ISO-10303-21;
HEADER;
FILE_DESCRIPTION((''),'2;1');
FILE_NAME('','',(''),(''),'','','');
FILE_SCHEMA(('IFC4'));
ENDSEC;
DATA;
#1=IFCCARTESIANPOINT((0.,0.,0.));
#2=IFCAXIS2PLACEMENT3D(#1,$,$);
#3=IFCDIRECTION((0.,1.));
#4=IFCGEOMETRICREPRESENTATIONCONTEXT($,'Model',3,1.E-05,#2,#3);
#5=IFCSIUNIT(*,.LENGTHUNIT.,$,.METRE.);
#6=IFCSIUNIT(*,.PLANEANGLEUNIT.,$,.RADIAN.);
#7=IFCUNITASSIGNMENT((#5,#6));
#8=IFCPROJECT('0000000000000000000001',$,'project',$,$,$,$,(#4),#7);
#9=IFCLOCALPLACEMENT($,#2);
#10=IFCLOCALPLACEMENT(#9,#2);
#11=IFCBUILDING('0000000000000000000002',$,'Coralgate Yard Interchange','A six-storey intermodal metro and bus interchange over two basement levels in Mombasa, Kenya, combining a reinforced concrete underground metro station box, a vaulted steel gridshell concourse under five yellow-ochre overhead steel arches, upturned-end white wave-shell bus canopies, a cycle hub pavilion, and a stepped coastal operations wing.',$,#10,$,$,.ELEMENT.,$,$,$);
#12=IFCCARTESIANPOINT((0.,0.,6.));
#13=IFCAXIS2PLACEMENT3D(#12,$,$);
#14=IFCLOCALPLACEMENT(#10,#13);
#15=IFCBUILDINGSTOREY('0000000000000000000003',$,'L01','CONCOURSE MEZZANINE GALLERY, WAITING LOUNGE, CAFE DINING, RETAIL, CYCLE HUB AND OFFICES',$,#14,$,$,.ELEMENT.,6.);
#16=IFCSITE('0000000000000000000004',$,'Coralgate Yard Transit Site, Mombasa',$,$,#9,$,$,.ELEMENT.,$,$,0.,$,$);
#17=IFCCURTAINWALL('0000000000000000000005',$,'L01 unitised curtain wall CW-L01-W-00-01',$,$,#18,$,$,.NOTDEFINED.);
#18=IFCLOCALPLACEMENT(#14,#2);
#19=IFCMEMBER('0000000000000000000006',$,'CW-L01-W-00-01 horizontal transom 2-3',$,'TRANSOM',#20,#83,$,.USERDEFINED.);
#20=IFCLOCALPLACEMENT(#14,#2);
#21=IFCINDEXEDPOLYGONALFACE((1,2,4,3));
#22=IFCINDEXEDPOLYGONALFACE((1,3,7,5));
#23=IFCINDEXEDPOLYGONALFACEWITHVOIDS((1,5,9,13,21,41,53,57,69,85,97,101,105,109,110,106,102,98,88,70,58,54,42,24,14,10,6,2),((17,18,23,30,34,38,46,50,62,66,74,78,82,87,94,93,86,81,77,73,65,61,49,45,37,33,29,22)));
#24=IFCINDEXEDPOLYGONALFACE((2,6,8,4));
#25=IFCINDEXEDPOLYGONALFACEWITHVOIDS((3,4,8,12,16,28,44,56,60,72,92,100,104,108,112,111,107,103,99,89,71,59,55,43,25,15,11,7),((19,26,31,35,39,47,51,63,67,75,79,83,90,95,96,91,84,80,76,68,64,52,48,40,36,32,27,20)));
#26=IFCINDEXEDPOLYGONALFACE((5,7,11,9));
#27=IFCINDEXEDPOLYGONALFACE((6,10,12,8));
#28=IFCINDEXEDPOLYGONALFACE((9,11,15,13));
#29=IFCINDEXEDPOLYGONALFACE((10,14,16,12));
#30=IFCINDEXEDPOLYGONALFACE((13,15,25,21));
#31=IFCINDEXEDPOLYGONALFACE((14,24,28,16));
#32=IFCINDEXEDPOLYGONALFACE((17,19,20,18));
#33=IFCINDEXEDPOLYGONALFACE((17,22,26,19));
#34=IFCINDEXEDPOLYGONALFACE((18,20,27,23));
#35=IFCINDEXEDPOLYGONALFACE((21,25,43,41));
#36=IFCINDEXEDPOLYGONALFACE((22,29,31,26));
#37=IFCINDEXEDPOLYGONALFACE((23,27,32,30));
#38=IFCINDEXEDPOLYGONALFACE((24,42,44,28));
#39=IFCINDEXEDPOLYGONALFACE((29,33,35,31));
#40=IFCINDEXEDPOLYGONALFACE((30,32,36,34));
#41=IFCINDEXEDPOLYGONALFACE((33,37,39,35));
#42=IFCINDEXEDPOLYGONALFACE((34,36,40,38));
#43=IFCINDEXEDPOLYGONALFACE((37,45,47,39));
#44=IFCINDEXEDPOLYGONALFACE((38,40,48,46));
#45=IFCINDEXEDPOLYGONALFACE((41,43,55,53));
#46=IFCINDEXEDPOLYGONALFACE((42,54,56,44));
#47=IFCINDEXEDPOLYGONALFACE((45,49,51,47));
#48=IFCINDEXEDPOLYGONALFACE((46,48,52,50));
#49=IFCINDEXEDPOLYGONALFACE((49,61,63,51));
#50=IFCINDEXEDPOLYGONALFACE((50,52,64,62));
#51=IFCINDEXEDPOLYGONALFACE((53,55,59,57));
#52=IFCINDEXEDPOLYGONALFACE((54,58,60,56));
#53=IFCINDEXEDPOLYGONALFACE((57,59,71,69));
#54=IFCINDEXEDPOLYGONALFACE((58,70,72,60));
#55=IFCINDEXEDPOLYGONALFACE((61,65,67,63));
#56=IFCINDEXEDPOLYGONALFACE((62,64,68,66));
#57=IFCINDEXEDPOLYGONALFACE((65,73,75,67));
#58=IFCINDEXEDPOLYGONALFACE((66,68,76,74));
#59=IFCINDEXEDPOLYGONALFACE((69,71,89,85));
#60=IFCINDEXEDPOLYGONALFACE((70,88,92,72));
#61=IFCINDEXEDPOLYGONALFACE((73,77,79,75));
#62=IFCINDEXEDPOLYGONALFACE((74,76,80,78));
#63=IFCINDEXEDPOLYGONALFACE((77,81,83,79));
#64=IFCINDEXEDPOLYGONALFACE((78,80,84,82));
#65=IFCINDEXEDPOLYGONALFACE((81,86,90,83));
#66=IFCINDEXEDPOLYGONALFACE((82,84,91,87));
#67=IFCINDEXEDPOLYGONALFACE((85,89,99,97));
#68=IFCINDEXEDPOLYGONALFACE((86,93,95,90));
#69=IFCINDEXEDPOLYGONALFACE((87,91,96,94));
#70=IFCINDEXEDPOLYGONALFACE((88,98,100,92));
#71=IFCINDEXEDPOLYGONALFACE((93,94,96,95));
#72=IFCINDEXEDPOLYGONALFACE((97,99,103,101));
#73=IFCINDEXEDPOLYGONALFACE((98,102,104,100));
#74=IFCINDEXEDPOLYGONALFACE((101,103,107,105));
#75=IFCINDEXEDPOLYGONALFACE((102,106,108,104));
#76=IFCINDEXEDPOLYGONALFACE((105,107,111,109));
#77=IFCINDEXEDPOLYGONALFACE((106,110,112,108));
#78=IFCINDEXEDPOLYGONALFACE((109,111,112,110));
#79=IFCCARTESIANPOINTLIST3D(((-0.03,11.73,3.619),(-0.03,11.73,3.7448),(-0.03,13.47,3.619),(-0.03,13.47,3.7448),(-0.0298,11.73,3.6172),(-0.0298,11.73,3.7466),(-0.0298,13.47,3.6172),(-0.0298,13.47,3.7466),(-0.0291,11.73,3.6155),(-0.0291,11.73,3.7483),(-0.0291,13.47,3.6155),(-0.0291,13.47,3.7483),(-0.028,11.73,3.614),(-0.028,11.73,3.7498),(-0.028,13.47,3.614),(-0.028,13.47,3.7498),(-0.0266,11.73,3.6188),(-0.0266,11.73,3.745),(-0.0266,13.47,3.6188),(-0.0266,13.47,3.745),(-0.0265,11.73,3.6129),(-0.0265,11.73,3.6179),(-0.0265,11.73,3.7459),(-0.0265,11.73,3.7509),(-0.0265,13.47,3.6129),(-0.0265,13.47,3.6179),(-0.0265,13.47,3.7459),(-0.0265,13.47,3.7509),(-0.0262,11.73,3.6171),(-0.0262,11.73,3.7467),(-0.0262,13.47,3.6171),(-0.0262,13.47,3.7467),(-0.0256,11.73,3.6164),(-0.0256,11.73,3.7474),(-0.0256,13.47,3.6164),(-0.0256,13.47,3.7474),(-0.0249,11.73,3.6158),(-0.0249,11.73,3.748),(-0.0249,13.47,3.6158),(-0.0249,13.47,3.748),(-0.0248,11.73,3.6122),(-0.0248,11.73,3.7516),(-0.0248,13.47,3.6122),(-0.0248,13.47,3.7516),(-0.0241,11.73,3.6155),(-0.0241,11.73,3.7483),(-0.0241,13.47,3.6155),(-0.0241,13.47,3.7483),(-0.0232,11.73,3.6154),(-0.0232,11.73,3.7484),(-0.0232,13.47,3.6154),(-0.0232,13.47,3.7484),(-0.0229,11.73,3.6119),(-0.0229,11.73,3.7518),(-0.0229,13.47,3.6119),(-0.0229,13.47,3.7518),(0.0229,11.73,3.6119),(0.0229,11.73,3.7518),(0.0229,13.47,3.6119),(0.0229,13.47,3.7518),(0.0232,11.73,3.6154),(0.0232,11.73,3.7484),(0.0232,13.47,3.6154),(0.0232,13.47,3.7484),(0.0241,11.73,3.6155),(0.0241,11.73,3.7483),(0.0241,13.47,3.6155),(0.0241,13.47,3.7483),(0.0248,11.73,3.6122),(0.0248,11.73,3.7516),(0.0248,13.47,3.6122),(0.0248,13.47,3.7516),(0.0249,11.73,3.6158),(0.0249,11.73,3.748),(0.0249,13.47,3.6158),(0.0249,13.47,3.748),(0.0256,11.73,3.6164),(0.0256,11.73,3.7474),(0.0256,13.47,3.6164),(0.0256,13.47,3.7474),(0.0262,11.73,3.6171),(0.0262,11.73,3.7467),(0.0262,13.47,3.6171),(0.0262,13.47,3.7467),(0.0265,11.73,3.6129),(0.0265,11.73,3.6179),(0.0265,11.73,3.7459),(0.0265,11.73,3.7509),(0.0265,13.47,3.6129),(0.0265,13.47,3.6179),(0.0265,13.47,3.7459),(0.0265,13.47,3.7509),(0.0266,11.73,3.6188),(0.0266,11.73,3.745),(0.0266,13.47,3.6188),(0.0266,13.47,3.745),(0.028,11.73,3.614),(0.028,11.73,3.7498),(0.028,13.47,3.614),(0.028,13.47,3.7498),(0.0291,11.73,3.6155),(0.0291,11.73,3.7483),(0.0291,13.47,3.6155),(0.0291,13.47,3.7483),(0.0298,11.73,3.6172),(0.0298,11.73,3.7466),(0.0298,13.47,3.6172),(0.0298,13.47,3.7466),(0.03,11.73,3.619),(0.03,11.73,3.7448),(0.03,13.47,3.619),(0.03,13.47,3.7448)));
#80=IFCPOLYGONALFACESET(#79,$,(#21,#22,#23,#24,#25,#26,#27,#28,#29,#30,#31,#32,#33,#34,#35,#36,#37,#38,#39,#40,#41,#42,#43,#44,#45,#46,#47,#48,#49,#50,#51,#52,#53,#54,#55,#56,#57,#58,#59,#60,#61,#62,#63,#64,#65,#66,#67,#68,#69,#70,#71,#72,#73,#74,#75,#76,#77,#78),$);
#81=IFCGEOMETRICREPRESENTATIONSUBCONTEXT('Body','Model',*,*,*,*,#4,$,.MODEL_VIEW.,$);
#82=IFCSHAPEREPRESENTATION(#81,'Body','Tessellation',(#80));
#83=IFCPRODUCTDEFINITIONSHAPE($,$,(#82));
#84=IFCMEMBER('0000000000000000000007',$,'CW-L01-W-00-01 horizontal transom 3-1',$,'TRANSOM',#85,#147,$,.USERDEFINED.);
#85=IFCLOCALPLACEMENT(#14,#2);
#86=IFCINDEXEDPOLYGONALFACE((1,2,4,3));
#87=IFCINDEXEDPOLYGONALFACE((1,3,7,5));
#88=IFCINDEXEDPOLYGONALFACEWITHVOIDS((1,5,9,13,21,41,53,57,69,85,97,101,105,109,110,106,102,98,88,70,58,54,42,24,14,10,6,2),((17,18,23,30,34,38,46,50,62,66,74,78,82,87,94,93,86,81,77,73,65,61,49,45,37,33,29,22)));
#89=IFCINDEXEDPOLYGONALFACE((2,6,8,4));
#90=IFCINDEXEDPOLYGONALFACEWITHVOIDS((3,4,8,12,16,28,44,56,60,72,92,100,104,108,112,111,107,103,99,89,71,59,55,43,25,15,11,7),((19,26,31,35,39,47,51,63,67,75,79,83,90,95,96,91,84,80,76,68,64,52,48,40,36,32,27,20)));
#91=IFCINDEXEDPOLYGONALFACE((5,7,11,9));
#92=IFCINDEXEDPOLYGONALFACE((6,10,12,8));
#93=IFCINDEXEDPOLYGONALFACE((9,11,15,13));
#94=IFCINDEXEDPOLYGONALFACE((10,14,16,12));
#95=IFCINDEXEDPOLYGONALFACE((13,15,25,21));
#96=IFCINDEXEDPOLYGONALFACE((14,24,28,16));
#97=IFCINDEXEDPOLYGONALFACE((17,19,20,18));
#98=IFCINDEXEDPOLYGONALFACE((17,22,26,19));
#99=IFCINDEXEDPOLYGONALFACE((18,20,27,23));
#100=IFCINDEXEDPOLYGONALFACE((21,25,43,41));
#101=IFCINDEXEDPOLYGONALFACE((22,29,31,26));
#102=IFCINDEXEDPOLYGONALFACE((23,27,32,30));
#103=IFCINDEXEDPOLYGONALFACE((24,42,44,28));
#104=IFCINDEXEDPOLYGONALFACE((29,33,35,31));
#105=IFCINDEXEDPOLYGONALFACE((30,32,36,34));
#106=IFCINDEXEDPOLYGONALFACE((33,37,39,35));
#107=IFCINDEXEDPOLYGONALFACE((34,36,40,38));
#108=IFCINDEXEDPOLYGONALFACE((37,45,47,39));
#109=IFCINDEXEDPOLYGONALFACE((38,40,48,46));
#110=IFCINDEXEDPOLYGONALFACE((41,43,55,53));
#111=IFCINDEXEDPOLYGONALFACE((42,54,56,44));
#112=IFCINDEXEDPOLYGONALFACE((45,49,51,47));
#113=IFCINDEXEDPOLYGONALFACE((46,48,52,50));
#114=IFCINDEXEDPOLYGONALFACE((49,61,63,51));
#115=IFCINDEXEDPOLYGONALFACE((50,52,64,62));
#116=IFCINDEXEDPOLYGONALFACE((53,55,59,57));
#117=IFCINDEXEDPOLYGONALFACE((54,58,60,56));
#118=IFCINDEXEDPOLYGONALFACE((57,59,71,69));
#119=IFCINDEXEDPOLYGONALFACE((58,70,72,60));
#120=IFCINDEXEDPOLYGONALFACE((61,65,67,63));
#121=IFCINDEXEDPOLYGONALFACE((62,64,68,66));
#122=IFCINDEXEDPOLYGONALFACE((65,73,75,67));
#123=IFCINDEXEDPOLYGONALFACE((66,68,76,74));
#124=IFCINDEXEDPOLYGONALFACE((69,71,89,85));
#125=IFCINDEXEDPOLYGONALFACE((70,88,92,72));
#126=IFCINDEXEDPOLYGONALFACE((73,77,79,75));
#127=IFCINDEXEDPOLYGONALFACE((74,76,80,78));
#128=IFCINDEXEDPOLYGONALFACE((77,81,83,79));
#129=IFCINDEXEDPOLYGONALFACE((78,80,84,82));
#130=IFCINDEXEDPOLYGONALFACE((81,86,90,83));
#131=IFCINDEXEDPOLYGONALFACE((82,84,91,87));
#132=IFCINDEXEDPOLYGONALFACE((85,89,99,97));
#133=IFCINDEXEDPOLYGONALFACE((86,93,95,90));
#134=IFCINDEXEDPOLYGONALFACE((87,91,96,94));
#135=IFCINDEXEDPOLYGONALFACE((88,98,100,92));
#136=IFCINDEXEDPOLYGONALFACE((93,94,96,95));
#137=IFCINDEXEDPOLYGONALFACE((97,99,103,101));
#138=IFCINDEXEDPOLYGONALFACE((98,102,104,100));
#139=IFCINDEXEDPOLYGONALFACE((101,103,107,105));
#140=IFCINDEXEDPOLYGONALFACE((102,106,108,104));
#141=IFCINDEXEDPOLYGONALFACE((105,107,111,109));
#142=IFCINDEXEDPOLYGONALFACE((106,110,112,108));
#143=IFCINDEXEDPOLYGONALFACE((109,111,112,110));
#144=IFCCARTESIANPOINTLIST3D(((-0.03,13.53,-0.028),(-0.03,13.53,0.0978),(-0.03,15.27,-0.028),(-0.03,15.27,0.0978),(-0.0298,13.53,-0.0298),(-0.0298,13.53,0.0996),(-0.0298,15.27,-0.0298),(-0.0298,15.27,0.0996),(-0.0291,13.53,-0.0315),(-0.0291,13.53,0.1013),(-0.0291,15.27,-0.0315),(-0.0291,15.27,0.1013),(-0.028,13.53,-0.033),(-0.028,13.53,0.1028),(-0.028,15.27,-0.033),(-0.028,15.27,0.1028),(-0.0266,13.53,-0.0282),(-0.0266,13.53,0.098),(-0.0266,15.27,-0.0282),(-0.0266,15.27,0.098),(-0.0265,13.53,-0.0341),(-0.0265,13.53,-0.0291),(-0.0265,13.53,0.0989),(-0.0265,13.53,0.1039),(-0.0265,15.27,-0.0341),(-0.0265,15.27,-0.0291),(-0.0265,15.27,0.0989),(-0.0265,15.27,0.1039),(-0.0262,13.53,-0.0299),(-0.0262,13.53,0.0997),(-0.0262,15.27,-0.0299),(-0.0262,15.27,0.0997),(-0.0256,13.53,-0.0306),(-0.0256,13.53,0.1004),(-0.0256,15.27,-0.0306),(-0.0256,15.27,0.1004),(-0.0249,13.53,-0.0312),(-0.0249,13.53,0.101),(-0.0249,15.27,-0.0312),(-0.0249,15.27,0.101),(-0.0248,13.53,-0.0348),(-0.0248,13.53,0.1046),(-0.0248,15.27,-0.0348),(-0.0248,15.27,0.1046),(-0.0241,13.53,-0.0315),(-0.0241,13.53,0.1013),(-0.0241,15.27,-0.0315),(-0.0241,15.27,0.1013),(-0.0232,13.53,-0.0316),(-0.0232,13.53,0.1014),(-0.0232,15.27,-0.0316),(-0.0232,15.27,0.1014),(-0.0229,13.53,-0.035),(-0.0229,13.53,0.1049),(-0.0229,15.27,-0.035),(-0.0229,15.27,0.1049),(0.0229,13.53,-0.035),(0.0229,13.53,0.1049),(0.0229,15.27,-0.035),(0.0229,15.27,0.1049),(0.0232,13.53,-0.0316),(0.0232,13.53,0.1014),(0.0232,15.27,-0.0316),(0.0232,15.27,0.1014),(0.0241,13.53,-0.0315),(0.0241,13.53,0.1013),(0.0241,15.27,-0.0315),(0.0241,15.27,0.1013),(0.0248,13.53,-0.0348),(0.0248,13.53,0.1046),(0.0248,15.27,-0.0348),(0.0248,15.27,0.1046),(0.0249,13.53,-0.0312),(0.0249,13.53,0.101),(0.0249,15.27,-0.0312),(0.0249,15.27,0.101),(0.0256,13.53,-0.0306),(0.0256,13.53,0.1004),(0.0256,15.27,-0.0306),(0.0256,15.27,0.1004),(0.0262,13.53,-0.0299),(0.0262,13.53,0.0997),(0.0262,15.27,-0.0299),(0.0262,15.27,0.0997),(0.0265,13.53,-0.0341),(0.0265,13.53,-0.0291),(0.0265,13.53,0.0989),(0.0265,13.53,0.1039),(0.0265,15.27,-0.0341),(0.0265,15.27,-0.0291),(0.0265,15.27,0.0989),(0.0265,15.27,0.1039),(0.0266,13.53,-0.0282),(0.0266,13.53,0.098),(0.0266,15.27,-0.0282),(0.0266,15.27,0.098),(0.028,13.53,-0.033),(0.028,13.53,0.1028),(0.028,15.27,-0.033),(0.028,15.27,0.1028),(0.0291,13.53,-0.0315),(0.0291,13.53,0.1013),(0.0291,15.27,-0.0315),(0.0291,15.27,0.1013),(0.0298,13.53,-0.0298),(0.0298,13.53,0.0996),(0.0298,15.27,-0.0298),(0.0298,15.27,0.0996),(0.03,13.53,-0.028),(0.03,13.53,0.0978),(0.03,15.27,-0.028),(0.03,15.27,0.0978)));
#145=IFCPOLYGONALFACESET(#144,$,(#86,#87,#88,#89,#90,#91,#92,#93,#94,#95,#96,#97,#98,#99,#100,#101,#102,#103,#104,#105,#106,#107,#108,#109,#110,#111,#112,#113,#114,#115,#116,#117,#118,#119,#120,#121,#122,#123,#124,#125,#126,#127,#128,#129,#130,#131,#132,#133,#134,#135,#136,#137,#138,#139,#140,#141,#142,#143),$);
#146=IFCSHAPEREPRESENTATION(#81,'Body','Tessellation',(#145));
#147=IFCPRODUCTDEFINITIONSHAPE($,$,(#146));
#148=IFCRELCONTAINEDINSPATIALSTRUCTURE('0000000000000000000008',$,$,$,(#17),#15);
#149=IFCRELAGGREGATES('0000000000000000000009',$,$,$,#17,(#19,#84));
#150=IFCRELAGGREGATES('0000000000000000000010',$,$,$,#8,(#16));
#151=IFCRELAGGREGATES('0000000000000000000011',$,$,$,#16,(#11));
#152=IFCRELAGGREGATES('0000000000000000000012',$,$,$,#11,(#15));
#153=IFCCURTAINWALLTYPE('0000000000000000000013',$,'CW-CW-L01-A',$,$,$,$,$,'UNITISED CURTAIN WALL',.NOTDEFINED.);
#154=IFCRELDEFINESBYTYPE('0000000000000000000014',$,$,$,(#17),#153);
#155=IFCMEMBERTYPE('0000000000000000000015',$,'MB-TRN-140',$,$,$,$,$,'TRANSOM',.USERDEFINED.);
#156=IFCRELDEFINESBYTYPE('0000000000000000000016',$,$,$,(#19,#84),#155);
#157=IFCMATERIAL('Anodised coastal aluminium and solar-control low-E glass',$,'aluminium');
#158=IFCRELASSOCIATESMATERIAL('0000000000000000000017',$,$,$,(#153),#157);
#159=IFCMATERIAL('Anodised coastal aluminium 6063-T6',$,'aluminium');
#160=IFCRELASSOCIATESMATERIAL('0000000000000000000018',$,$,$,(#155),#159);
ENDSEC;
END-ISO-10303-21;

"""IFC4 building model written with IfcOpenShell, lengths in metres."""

from ifc_helpers import new_model, si_unit, direction, frame, origin, origin_2d, place, context, subcontext, project, spatial, hollow_rectangle, extrude, material, material_profile, profile_set, type_object, element, aggregate, save


model = new_model("IFC4")

# Units and contexts
model_context = context("Model", 3, precision=1e-05, world=origin(), true_north=direction((0.0, 1.0)))
body_context = subcontext(model_context, "Body", "Model", "MODEL_VIEW")
ifc_project = project(units=[si_unit("LENGTHUNIT", "METRE"), si_unit("PLANEANGLEUNIT", "RADIAN")], contexts=[model_context])

# Site, building, storey
site_placement = place(None, origin())
site = spatial("IfcSite", under=ifc_project, at=site_placement, Name="Coralgate Yard Transit Site, Mombasa", CompositionType="ELEMENT", RefElevation=0.0)
building_placement = place(site_placement, origin())
building = spatial("IfcBuilding", under=site, at=building_placement, Name="Coralgate Yard Interchange", Description="A six-storey intermodal metro and bus interchange over two basement levels in Mombasa, Kenya, combining a reinforced concrete underground metro station box, a vaulted steel gridshell concourse under five yellow-ochre overhead steel arches, upturned-end white wave-shell bus canopies, a cycle hub pavilion, and a stepped coastal operations wing.", CompositionType="ELEMENT")
storey_placement = place(building_placement, frame((0.0, 0.0, 6.0)))
storey = spatial("IfcBuildingStorey", under=building, at=storey_placement, Name="L01", Description="CONCOURSE MEZZANINE GALLERY, WAITING LOUNGE, CAFE DINING, RETAIL, CYCLE HUB AND OFFICES", CompositionType="ELEMENT", Elevation=6.0)

# Curtain wall, members
ifc_material_1 = material(Name="Anodised coastal aluminium and solar-control low-E glass", Category="aluminium")
curtain_wall_type = type_object("IfcCurtainWallType", Name="CW-CW-L01-A", ElementType="UNITISED CURTAIN WALL", PredefinedType="NOTDEFINED", material=ifc_material_1)
curtain_wall_placement = place(storey_placement, origin())
curtain_wall = element("IfcCurtainWall", 1, at=curtain_wall_placement, inside=storey, type_object=curtain_wall_type, Name="L01 unitised curtain wall CW-L01-W-00-01", PredefinedType="NOTDEFINED")
ifc_material_2 = material(Name="Anodised coastal aluminium 6063-T6", Category="aluminium")
ifc_material_profile_1 = material_profile(ifc_material_2, hollow_rectangle(XDim=0.0601, YDim=0.1399, WallThickness=0.0034, InnerFilletRadius=0.0034, OuterFilletRadius=0.0071, at=origin_2d()), Name="ALU 60x140x3.5")
ifc_profile_set_1 = profile_set([ifc_material_profile_1], Name="Anodised coastal aluminium 6063-T6")
member_type_1 = type_object("IfcMemberType", Name="MB-TRN-140", ElementType="TRANSOM", PredefinedType="USERDEFINED", material=ifc_profile_set_1)
member_1_placement = place(storey_placement, frame((0.0, 11.73, 3.6819), z_axis=(0.0, 1.0, 0.0), x_axis=(-1.0, 0.0, 0.0)))
member_1 = element("IfcMember", 2, at=member_1_placement, type_object=member_type_1, Name="CW-L01-W-00-01 horizontal transom 2-3", ObjectType="TRANSOM", PredefinedType="USERDEFINED", context=body_context, shape_type="SweptSolid", body=[
    extrude(hollow_rectangle(XDim=0.0601, YDim=0.1399, WallThickness=0.0034, InnerFilletRadius=0.0034, OuterFilletRadius=0.0071, at=origin_2d()), origin(), (0.0, 0.0, 1.0), 1.74),
])
member_2_placement = place(storey_placement, frame((0.0, 13.53, 0.0349), z_axis=(0.0, 1.0, 0.0), x_axis=(-1.0, 0.0, 0.0)))
member_2 = element("IfcMember", 3, at=member_2_placement, type_object=member_type_1, Name="CW-L01-W-00-01 horizontal transom 3-1", ObjectType="TRANSOM", PredefinedType="USERDEFINED", context=body_context, shape_type="SweptSolid", body=[
    extrude(hollow_rectangle(XDim=0.0601, YDim=0.1399, WallThickness=0.0034, InnerFilletRadius=0.0034, OuterFilletRadius=0.0071, at=origin_2d()), origin(), (0.0, 0.0, 1.0), 1.74),
])
aggregate(curtain_wall, [member_1, member_2])

save(model, "model.ifc")
